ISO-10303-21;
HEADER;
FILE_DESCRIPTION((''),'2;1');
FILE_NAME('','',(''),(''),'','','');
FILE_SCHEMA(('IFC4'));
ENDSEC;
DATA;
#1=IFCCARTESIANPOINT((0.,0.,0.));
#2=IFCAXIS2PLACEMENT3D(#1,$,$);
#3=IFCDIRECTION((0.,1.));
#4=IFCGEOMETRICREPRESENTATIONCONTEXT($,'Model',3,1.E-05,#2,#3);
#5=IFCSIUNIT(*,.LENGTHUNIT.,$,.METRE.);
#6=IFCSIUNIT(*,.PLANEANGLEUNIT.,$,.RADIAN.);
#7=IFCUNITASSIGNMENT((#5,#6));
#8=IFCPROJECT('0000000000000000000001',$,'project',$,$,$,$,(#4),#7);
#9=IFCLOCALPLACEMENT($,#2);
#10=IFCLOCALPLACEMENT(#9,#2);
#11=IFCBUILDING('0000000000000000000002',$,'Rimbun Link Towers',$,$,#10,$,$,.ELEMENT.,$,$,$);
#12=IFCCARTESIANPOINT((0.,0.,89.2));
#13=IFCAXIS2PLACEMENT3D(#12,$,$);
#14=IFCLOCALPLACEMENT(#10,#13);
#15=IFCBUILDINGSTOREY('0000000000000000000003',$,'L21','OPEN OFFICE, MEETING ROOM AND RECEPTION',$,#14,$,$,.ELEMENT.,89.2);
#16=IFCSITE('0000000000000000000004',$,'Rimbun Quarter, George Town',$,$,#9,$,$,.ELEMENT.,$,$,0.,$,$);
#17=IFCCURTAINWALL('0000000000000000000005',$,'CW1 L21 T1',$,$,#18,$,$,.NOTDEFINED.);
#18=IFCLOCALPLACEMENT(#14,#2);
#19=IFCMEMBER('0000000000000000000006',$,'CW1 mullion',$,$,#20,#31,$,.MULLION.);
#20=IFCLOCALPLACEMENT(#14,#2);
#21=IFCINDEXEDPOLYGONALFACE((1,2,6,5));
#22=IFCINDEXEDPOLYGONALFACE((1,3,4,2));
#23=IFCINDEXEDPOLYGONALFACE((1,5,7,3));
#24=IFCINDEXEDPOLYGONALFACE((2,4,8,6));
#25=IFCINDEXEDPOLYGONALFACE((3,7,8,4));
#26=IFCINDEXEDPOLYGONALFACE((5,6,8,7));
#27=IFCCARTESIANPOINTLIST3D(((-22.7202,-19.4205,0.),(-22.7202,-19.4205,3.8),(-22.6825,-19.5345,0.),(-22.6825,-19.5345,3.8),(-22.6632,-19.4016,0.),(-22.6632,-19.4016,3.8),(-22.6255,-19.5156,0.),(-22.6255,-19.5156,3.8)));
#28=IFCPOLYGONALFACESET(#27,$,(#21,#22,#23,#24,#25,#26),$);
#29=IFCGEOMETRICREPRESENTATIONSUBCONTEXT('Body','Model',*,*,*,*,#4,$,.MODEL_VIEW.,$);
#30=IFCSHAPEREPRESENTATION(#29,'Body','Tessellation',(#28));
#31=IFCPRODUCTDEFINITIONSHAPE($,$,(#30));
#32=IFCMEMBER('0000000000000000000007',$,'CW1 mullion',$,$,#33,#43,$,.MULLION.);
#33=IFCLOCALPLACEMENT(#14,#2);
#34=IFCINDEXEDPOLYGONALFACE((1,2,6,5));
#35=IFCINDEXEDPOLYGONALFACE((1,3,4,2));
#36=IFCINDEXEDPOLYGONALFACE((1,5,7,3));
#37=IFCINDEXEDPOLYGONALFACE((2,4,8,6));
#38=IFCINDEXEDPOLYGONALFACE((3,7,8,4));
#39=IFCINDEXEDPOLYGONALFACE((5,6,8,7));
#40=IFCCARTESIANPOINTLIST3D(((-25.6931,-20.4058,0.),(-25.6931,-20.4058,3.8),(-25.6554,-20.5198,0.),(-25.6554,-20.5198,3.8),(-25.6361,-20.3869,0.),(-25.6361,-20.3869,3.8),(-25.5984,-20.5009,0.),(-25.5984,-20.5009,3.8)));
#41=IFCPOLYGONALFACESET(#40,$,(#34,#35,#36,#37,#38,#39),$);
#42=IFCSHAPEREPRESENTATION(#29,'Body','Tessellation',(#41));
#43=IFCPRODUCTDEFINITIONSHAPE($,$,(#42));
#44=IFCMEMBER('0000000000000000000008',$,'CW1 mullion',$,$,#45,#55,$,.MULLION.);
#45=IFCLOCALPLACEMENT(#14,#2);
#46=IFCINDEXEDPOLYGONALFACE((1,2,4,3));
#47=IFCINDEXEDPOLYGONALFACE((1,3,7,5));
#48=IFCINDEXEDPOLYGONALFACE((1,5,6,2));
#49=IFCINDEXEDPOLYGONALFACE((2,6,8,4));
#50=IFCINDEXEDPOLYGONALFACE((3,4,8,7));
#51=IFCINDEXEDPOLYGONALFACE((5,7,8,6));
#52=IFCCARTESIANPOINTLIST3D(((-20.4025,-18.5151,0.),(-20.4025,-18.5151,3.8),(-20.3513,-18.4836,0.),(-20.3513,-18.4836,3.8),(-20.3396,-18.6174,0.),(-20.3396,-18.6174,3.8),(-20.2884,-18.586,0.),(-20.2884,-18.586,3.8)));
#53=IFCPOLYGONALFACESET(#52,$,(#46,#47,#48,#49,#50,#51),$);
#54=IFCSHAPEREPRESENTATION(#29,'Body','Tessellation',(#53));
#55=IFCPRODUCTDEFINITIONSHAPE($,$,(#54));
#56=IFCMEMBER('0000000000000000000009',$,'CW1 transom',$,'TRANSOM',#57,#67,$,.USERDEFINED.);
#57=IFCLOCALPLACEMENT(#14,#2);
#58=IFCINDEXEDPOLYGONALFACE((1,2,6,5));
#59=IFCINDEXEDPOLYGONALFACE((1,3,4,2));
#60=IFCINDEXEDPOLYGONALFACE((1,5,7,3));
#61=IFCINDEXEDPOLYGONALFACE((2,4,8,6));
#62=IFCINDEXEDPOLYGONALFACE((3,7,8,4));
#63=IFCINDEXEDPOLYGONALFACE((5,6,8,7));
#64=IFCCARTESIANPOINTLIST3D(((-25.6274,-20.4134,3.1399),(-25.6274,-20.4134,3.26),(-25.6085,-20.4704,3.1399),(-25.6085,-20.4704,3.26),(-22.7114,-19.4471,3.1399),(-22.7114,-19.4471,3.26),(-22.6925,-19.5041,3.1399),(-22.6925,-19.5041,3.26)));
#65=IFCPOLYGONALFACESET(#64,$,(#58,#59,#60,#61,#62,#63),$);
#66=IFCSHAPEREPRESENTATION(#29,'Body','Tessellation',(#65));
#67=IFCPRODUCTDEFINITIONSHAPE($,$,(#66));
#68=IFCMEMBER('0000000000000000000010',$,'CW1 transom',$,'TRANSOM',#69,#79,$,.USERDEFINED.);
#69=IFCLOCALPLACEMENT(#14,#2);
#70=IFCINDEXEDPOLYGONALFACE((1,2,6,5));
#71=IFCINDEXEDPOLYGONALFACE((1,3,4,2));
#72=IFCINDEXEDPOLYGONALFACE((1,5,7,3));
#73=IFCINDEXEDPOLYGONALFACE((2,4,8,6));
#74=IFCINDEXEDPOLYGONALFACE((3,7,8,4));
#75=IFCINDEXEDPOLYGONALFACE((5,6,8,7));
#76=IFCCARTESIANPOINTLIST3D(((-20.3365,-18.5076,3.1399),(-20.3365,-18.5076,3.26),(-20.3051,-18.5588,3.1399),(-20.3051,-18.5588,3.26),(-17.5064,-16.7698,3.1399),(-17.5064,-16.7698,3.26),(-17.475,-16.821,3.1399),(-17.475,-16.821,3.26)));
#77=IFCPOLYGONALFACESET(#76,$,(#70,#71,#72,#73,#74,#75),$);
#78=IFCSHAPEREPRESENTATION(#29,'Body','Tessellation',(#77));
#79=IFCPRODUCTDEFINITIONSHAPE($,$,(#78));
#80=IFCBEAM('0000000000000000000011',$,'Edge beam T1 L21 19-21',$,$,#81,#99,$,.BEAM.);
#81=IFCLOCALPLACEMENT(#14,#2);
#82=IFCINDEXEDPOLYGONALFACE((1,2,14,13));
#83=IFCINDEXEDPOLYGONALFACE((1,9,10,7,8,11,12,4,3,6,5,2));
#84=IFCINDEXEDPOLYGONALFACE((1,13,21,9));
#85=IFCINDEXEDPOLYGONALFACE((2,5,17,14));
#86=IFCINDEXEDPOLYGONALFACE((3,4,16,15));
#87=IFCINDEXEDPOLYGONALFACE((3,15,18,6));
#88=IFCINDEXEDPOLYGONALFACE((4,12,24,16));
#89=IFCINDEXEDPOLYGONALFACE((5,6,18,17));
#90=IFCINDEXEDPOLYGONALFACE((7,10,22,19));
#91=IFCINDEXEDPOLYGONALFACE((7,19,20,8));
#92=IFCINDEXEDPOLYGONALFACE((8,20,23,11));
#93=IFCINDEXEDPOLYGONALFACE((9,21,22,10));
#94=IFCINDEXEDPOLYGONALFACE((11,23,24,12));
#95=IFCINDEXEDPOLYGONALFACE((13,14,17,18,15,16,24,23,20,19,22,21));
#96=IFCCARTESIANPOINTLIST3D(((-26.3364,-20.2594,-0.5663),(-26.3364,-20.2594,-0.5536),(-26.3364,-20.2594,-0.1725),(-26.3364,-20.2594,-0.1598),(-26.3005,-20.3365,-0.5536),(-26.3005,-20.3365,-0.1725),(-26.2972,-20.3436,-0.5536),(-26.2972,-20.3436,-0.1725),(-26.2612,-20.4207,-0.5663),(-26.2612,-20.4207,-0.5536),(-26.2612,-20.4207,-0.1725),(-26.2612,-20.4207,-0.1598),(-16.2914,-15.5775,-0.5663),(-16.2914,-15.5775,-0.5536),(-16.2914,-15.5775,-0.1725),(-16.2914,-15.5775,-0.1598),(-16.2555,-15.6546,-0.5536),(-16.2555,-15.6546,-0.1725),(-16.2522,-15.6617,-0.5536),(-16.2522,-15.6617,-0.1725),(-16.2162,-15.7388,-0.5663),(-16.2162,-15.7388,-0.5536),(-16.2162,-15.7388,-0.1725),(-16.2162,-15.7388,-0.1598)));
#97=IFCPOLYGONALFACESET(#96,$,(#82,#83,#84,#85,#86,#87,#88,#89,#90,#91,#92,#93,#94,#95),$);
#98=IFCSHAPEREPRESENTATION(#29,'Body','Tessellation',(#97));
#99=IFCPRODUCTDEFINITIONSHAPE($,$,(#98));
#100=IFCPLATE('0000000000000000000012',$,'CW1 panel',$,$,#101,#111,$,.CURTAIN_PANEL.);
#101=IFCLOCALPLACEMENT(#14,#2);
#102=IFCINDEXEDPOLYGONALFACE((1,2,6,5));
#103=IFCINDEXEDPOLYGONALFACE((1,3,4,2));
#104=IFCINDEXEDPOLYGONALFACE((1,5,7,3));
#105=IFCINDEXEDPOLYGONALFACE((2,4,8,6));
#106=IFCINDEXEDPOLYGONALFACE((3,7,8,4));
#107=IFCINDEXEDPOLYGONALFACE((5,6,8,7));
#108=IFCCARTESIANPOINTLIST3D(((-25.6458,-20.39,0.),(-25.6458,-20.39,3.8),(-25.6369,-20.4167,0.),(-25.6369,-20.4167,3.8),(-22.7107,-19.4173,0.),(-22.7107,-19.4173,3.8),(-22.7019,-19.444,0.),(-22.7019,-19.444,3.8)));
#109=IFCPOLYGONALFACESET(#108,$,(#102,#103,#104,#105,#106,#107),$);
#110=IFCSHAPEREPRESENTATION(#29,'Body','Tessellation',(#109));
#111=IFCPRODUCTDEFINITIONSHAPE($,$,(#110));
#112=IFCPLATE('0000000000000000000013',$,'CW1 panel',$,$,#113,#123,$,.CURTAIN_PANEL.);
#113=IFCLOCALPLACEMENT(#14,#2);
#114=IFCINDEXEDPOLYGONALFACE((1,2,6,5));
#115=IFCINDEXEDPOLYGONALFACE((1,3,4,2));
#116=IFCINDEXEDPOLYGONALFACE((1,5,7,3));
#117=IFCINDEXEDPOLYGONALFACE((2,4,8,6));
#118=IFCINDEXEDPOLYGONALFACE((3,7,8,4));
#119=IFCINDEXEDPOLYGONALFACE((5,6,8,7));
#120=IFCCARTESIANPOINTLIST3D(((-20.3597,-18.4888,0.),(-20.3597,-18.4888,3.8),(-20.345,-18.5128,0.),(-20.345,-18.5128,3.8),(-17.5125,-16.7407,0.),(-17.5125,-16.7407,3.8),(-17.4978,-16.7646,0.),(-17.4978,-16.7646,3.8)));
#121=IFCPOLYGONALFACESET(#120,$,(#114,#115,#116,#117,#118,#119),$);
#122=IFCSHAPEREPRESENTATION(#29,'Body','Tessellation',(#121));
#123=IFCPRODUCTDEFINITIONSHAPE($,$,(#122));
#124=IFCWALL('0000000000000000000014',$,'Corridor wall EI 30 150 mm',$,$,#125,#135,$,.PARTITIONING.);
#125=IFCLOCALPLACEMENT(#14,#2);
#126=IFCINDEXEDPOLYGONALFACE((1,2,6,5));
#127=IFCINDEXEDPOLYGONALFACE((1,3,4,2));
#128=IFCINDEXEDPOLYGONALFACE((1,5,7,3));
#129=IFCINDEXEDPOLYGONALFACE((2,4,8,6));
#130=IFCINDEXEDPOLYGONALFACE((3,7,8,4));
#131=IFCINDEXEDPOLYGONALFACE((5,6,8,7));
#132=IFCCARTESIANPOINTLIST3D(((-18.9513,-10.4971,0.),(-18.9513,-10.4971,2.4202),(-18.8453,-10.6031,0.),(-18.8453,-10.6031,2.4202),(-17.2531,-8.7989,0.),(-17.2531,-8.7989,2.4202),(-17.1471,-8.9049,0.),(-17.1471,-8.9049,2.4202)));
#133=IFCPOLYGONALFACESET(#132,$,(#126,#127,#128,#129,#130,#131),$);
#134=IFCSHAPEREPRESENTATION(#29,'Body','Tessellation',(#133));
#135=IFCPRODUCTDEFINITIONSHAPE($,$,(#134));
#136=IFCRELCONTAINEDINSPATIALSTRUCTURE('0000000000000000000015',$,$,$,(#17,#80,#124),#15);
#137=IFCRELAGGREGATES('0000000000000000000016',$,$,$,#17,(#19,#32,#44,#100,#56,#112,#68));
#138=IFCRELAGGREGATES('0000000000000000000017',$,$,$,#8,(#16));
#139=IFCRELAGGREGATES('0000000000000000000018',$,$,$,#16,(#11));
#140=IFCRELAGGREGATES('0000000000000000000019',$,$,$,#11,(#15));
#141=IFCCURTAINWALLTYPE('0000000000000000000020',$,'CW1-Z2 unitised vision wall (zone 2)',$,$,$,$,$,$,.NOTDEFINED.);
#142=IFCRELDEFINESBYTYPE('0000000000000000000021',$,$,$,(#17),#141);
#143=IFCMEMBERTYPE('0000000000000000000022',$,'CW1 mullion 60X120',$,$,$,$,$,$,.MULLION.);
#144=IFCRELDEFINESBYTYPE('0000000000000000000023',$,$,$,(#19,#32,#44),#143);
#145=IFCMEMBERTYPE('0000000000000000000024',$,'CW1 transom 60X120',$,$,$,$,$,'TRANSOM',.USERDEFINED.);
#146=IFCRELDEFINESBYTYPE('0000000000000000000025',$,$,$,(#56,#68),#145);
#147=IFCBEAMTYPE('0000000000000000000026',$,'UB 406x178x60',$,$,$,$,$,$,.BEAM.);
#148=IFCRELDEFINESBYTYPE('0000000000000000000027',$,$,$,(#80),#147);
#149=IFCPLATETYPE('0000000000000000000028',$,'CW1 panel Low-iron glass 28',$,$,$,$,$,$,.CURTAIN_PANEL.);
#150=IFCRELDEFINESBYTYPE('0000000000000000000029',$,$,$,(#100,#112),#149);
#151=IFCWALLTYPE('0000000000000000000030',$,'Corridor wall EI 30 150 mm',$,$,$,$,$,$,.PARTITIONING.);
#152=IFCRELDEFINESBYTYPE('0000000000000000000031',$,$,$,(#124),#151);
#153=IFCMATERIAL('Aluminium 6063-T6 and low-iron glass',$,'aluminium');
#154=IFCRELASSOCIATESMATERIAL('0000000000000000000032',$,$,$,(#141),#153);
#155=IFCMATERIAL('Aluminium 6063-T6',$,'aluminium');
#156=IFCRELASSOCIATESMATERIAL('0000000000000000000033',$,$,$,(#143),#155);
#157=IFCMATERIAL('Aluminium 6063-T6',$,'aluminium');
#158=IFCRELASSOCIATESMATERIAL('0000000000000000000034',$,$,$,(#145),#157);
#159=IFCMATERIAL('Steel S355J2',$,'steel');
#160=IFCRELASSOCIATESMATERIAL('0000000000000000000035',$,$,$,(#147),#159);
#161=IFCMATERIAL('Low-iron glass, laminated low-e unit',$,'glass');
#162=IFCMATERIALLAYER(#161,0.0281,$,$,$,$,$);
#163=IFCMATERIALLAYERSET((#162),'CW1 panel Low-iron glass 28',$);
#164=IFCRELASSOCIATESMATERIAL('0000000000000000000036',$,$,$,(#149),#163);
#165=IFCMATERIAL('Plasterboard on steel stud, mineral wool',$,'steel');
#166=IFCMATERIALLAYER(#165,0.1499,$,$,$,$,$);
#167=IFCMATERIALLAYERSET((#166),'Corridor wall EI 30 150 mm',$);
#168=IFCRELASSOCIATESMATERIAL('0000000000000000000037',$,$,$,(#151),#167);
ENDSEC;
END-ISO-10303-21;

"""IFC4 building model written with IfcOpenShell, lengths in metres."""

from ifc_helpers import new_model, si_unit, direction, frame, frame_2d, origin, origin_2d, place, context, subcontext, project, spatial, rectangle, i_section, extrude, material, layer, layer_set, material_profile, profile_set, type_object, element, aggregate, save


model = new_model("IFC4")

# Units and contexts
model_context = context("Model", 3, precision=1e-05, world=origin(), true_north=direction((0.0, 1.0)))
body_context = subcontext(model_context, "Body", "Model", "MODEL_VIEW")
ifc_project = project(units=[si_unit("LENGTHUNIT", "METRE"), si_unit("PLANEANGLEUNIT", "RADIAN")], contexts=[model_context])

# Site, building, storey
site_placement = place(None, origin())
site = spatial("IfcSite", under=ifc_project, at=site_placement, Name="Rimbun Quarter, George Town", CompositionType="ELEMENT", RefElevation=0.0)
building_placement = place(site_placement, origin())
building = spatial("IfcBuilding", under=site, at=building_placement, Name="Rimbun Link Towers", CompositionType="ELEMENT")
storey_placement = place(building_placement, frame((0.0, 0.0, 89.2)))
storey = spatial("IfcBuildingStorey", under=building, at=storey_placement, Name="L21", Description="OPEN OFFICE, MEETING ROOM AND RECEPTION", CompositionType="ELEMENT", Elevation=89.2)

# Curtain wall, members
ifc_material_1 = material(Name="Aluminium 6063-T6 and low-iron glass", Category="aluminium")
curtain_wall_type = type_object("IfcCurtainWallType", Name="CW1-Z2 unitised vision wall (zone 2)", PredefinedType="NOTDEFINED", material=ifc_material_1)
curtain_wall_placement = place(storey_placement, origin())
curtain_wall = element("IfcCurtainWall", 1, at=curtain_wall_placement, inside=storey, type_object=curtain_wall_type, Name="CW1 L21 T1", PredefinedType="NOTDEFINED")
ifc_material_2 = material(Name="Aluminium 6063-T6", Category="aluminium")
ifc_material_profile_1 = material_profile(ifc_material_2, rectangle(XDim=0.1201, YDim=0.0601, at=origin_2d()), Name="MULLION 60X120")
ifc_profile_set_1 = profile_set([ifc_material_profile_1], Name="Aluminium 6063-T6")
member_type_1 = type_object("IfcMemberType", Name="CW1 mullion 60X120", PredefinedType="MULLION", material=ifc_profile_set_1)
member_1_placement = place(storey_placement, frame((-22.6729, -19.468, 0.0), z_axis=(0.0, 0.0, 1.0), x_axis=(0.314576, -0.949232, 0.0)))
member_1 = element("IfcMember", 2, at=member_1_placement, type_object=member_type_1, Name="CW1 mullion", PredefinedType="MULLION", context=body_context, shape_type="SweptSolid", body=[
    extrude(rectangle(XDim=0.1201, YDim=0.0601, at=origin_2d()), origin(), (0.0, 0.0, 1.0), 3.8),
])
member_2_placement = place(storey_placement, frame((-25.6458, -20.4534, 0.0), z_axis=(0.0, 0.0, 1.0), x_axis=(0.314576, -0.949232, 0.0)))
member_2 = element("IfcMember", 3, at=member_2_placement, type_object=member_type_1, Name="CW1 mullion", PredefinedType="MULLION", context=body_context, shape_type="SweptSolid", body=[
    extrude(rectangle(XDim=0.1201, YDim=0.0601, at=origin_2d()), origin(), (0.0, 0.0, 1.0), 3.8),
])
member_3_placement = place(storey_placement, frame((-20.3455, -18.5505, 0.0), z_axis=(0.0, 0.0, 1.0), x_axis=(0.523237, -0.852187, 0.0)))
member_3 = element("IfcMember", 4, at=member_3_placement, type_object=member_type_1, Name="CW1 mullion", PredefinedType="MULLION", context=body_context, shape_type="SweptSolid", body=[
    extrude(rectangle(XDim=0.1201, YDim=0.0601, at=origin_2d()), origin(), (0.0, 0.0, 1.0), 3.8),
])
ifc_material_3 = material(Name="Aluminium 6063-T6", Category="aluminium")
ifc_material_profile_2 = material_profile(ifc_material_3, rectangle(XDim=0.0601, YDim=0.1201, at=origin_2d()), Name="TRANSOM 60X120")
ifc_profile_set_2 = profile_set([ifc_material_profile_2], Name="Aluminium 6063-T6")
member_type_2 = type_object("IfcMemberType", Name="CW1 transom 60X120", ElementType="TRANSOM", PredefinedType="USERDEFINED", material=ifc_profile_set_2)
member_4_placement = place(storey_placement, frame((-22.7019, -19.4756, 3.2), z_axis=(-0.949238, -0.314558, 0.0), x_axis=(0.314558, -0.949238, 0.0)))
member_4 = element("IfcMember", 5, at=member_4_placement, type_object=member_type_2, Name="CW1 transom", ObjectType="TRANSOM", PredefinedType="USERDEFINED", context=body_context, shape_type="SweptSolid", body=[
    extrude(rectangle(XDim=0.0601, YDim=0.1201, at=origin_2d()), origin(), (0.0, 0.0, 1.0), 3.072),
])
member_5_placement = place(storey_placement, frame((-17.4907, -16.7954, 3.2), z_axis=(-0.852168, -0.523269, 0.0), x_axis=(0.523269, -0.852168, 0.0)))
member_5 = element("IfcMember", 6, at=member_5_placement, type_object=member_type_2, Name="CW1 transom", ObjectType="TRANSOM", PredefinedType="USERDEFINED", context=body_context, shape_type="SweptSolid", body=[
    extrude(rectangle(XDim=0.0601, YDim=0.1201, at=origin_2d()), origin(), (0.0, 0.0, 1.0), 3.321),
])

# Beam
ifc_material_4 = material(Name="Steel S355J2", Category="steel")
ifc_material_profile_3 = material_profile(ifc_material_4, i_section(OverallWidth=0.178, OverallDepth=0.4065, WebThickness=0.0078, FlangeThickness=0.0127, at=origin_2d()), Name="UB 406x178x60")
ifc_profile_set_3 = profile_set([ifc_material_profile_3], Name="Steel S355J2")
beam_type = type_object("IfcBeamType", Name="UB 406x178x60", PredefinedType="BEAM", material=ifc_profile_set_3)
beam_placement = place(storey_placement, frame((-26.2988, -20.3401, -0.363), z_axis=(0.906382, 0.42246, 0.0), x_axis=(-0.42246, 0.906382, 0.0)))
element("IfcBeam", 7, at=beam_placement, inside=storey, type_object=beam_type, Name="Edge beam T1 L21 19-21", PredefinedType="BEAM", context=body_context, shape_type="SweptSolid", body=[
    extrude(i_section(OverallWidth=0.178, OverallDepth=0.4065, WebThickness=0.0078, FlangeThickness=0.0127, at=origin_2d()), origin(), (0.0, 0.0, 1.0), 11.0825),
])

# Plates
ifc_material_5 = material(Name="Low-iron glass, laminated low-e unit", Category="glass")
ifc_layer_1 = layer(ifc_material_5, 0.0281)
ifc_layer_set_1 = layer_set([ifc_layer_1], Name="CW1 panel Low-iron glass 28")
plate_type = type_object("IfcPlateType", Name="CW1 panel Low-iron glass 28", PredefinedType="CURTAIN_PANEL", material=ifc_layer_set_1)
plate_1_placement = place(storey_placement, frame((-24.1738, -19.917, 0.0), z_axis=(0.0, 0.0, 1.0), x_axis=(-0.949232, -0.314576, 0.0)))
plate_1 = element("IfcPlate", 8, at=plate_1_placement, type_object=plate_type, Name="CW1 panel", PredefinedType="CURTAIN_PANEL", context=body_context, shape_type="SweptSolid", body=[
    extrude(rectangle(XDim=3.092, YDim=0.0281, at=origin_2d()), origin(), (0.0, 0.0, 1.0), 3.8),
])
plate_2_placement = place(storey_placement, frame((-18.9287, -17.6267, 0.0), z_axis=(0.0, 0.0, 1.0), x_axis=(-0.852187, -0.523237, 0.0)))
plate_2 = element("IfcPlate", 9, at=plate_2_placement, type_object=plate_type, Name="CW1 panel", PredefinedType="CURTAIN_PANEL", context=body_context, shape_type="SweptSolid", body=[
    extrude(rectangle(XDim=3.3411, YDim=0.0281, at=origin_2d()), origin(), (0.0, 0.0, 1.0), 3.8),
])
aggregate(curtain_wall, [member_1, member_2, member_3, plate_1, member_4, plate_2, member_5])

# Wall
ifc_material_6 = material(Name="Plasterboard on steel stud, mineral wool", Category="steel")
ifc_layer_2 = layer(ifc_material_6, 0.1499)
ifc_layer_set_2 = layer_set([ifc_layer_2], Name="Corridor wall EI 30 150 mm")
wall_type_1 = type_object("IfcWallType", Name="Corridor wall EI 30 150 mm", PredefinedType="PARTITIONING", material=ifc_layer_set_2)
wall_1_placement = place(storey_placement, frame((-18.8982, -10.55, 0.0), z_axis=(0.0, 0.0, 1.0), x_axis=(0.707107, 0.707107, 0.0)))
element("IfcWall", 10, at=wall_1_placement, inside=storey, type_object=wall_type_1, Name="Corridor wall EI 30 150 mm", PredefinedType="PARTITIONING", context=body_context, shape_type="SweptSolid", body=[
    extrude(rectangle(XDim=2.4016, YDim=0.1499, at=frame_2d((1.2007, 0.0))), origin(), (0.0, 0.0, 1.0), 2.4202),
])

save(model, "model.ifc")
